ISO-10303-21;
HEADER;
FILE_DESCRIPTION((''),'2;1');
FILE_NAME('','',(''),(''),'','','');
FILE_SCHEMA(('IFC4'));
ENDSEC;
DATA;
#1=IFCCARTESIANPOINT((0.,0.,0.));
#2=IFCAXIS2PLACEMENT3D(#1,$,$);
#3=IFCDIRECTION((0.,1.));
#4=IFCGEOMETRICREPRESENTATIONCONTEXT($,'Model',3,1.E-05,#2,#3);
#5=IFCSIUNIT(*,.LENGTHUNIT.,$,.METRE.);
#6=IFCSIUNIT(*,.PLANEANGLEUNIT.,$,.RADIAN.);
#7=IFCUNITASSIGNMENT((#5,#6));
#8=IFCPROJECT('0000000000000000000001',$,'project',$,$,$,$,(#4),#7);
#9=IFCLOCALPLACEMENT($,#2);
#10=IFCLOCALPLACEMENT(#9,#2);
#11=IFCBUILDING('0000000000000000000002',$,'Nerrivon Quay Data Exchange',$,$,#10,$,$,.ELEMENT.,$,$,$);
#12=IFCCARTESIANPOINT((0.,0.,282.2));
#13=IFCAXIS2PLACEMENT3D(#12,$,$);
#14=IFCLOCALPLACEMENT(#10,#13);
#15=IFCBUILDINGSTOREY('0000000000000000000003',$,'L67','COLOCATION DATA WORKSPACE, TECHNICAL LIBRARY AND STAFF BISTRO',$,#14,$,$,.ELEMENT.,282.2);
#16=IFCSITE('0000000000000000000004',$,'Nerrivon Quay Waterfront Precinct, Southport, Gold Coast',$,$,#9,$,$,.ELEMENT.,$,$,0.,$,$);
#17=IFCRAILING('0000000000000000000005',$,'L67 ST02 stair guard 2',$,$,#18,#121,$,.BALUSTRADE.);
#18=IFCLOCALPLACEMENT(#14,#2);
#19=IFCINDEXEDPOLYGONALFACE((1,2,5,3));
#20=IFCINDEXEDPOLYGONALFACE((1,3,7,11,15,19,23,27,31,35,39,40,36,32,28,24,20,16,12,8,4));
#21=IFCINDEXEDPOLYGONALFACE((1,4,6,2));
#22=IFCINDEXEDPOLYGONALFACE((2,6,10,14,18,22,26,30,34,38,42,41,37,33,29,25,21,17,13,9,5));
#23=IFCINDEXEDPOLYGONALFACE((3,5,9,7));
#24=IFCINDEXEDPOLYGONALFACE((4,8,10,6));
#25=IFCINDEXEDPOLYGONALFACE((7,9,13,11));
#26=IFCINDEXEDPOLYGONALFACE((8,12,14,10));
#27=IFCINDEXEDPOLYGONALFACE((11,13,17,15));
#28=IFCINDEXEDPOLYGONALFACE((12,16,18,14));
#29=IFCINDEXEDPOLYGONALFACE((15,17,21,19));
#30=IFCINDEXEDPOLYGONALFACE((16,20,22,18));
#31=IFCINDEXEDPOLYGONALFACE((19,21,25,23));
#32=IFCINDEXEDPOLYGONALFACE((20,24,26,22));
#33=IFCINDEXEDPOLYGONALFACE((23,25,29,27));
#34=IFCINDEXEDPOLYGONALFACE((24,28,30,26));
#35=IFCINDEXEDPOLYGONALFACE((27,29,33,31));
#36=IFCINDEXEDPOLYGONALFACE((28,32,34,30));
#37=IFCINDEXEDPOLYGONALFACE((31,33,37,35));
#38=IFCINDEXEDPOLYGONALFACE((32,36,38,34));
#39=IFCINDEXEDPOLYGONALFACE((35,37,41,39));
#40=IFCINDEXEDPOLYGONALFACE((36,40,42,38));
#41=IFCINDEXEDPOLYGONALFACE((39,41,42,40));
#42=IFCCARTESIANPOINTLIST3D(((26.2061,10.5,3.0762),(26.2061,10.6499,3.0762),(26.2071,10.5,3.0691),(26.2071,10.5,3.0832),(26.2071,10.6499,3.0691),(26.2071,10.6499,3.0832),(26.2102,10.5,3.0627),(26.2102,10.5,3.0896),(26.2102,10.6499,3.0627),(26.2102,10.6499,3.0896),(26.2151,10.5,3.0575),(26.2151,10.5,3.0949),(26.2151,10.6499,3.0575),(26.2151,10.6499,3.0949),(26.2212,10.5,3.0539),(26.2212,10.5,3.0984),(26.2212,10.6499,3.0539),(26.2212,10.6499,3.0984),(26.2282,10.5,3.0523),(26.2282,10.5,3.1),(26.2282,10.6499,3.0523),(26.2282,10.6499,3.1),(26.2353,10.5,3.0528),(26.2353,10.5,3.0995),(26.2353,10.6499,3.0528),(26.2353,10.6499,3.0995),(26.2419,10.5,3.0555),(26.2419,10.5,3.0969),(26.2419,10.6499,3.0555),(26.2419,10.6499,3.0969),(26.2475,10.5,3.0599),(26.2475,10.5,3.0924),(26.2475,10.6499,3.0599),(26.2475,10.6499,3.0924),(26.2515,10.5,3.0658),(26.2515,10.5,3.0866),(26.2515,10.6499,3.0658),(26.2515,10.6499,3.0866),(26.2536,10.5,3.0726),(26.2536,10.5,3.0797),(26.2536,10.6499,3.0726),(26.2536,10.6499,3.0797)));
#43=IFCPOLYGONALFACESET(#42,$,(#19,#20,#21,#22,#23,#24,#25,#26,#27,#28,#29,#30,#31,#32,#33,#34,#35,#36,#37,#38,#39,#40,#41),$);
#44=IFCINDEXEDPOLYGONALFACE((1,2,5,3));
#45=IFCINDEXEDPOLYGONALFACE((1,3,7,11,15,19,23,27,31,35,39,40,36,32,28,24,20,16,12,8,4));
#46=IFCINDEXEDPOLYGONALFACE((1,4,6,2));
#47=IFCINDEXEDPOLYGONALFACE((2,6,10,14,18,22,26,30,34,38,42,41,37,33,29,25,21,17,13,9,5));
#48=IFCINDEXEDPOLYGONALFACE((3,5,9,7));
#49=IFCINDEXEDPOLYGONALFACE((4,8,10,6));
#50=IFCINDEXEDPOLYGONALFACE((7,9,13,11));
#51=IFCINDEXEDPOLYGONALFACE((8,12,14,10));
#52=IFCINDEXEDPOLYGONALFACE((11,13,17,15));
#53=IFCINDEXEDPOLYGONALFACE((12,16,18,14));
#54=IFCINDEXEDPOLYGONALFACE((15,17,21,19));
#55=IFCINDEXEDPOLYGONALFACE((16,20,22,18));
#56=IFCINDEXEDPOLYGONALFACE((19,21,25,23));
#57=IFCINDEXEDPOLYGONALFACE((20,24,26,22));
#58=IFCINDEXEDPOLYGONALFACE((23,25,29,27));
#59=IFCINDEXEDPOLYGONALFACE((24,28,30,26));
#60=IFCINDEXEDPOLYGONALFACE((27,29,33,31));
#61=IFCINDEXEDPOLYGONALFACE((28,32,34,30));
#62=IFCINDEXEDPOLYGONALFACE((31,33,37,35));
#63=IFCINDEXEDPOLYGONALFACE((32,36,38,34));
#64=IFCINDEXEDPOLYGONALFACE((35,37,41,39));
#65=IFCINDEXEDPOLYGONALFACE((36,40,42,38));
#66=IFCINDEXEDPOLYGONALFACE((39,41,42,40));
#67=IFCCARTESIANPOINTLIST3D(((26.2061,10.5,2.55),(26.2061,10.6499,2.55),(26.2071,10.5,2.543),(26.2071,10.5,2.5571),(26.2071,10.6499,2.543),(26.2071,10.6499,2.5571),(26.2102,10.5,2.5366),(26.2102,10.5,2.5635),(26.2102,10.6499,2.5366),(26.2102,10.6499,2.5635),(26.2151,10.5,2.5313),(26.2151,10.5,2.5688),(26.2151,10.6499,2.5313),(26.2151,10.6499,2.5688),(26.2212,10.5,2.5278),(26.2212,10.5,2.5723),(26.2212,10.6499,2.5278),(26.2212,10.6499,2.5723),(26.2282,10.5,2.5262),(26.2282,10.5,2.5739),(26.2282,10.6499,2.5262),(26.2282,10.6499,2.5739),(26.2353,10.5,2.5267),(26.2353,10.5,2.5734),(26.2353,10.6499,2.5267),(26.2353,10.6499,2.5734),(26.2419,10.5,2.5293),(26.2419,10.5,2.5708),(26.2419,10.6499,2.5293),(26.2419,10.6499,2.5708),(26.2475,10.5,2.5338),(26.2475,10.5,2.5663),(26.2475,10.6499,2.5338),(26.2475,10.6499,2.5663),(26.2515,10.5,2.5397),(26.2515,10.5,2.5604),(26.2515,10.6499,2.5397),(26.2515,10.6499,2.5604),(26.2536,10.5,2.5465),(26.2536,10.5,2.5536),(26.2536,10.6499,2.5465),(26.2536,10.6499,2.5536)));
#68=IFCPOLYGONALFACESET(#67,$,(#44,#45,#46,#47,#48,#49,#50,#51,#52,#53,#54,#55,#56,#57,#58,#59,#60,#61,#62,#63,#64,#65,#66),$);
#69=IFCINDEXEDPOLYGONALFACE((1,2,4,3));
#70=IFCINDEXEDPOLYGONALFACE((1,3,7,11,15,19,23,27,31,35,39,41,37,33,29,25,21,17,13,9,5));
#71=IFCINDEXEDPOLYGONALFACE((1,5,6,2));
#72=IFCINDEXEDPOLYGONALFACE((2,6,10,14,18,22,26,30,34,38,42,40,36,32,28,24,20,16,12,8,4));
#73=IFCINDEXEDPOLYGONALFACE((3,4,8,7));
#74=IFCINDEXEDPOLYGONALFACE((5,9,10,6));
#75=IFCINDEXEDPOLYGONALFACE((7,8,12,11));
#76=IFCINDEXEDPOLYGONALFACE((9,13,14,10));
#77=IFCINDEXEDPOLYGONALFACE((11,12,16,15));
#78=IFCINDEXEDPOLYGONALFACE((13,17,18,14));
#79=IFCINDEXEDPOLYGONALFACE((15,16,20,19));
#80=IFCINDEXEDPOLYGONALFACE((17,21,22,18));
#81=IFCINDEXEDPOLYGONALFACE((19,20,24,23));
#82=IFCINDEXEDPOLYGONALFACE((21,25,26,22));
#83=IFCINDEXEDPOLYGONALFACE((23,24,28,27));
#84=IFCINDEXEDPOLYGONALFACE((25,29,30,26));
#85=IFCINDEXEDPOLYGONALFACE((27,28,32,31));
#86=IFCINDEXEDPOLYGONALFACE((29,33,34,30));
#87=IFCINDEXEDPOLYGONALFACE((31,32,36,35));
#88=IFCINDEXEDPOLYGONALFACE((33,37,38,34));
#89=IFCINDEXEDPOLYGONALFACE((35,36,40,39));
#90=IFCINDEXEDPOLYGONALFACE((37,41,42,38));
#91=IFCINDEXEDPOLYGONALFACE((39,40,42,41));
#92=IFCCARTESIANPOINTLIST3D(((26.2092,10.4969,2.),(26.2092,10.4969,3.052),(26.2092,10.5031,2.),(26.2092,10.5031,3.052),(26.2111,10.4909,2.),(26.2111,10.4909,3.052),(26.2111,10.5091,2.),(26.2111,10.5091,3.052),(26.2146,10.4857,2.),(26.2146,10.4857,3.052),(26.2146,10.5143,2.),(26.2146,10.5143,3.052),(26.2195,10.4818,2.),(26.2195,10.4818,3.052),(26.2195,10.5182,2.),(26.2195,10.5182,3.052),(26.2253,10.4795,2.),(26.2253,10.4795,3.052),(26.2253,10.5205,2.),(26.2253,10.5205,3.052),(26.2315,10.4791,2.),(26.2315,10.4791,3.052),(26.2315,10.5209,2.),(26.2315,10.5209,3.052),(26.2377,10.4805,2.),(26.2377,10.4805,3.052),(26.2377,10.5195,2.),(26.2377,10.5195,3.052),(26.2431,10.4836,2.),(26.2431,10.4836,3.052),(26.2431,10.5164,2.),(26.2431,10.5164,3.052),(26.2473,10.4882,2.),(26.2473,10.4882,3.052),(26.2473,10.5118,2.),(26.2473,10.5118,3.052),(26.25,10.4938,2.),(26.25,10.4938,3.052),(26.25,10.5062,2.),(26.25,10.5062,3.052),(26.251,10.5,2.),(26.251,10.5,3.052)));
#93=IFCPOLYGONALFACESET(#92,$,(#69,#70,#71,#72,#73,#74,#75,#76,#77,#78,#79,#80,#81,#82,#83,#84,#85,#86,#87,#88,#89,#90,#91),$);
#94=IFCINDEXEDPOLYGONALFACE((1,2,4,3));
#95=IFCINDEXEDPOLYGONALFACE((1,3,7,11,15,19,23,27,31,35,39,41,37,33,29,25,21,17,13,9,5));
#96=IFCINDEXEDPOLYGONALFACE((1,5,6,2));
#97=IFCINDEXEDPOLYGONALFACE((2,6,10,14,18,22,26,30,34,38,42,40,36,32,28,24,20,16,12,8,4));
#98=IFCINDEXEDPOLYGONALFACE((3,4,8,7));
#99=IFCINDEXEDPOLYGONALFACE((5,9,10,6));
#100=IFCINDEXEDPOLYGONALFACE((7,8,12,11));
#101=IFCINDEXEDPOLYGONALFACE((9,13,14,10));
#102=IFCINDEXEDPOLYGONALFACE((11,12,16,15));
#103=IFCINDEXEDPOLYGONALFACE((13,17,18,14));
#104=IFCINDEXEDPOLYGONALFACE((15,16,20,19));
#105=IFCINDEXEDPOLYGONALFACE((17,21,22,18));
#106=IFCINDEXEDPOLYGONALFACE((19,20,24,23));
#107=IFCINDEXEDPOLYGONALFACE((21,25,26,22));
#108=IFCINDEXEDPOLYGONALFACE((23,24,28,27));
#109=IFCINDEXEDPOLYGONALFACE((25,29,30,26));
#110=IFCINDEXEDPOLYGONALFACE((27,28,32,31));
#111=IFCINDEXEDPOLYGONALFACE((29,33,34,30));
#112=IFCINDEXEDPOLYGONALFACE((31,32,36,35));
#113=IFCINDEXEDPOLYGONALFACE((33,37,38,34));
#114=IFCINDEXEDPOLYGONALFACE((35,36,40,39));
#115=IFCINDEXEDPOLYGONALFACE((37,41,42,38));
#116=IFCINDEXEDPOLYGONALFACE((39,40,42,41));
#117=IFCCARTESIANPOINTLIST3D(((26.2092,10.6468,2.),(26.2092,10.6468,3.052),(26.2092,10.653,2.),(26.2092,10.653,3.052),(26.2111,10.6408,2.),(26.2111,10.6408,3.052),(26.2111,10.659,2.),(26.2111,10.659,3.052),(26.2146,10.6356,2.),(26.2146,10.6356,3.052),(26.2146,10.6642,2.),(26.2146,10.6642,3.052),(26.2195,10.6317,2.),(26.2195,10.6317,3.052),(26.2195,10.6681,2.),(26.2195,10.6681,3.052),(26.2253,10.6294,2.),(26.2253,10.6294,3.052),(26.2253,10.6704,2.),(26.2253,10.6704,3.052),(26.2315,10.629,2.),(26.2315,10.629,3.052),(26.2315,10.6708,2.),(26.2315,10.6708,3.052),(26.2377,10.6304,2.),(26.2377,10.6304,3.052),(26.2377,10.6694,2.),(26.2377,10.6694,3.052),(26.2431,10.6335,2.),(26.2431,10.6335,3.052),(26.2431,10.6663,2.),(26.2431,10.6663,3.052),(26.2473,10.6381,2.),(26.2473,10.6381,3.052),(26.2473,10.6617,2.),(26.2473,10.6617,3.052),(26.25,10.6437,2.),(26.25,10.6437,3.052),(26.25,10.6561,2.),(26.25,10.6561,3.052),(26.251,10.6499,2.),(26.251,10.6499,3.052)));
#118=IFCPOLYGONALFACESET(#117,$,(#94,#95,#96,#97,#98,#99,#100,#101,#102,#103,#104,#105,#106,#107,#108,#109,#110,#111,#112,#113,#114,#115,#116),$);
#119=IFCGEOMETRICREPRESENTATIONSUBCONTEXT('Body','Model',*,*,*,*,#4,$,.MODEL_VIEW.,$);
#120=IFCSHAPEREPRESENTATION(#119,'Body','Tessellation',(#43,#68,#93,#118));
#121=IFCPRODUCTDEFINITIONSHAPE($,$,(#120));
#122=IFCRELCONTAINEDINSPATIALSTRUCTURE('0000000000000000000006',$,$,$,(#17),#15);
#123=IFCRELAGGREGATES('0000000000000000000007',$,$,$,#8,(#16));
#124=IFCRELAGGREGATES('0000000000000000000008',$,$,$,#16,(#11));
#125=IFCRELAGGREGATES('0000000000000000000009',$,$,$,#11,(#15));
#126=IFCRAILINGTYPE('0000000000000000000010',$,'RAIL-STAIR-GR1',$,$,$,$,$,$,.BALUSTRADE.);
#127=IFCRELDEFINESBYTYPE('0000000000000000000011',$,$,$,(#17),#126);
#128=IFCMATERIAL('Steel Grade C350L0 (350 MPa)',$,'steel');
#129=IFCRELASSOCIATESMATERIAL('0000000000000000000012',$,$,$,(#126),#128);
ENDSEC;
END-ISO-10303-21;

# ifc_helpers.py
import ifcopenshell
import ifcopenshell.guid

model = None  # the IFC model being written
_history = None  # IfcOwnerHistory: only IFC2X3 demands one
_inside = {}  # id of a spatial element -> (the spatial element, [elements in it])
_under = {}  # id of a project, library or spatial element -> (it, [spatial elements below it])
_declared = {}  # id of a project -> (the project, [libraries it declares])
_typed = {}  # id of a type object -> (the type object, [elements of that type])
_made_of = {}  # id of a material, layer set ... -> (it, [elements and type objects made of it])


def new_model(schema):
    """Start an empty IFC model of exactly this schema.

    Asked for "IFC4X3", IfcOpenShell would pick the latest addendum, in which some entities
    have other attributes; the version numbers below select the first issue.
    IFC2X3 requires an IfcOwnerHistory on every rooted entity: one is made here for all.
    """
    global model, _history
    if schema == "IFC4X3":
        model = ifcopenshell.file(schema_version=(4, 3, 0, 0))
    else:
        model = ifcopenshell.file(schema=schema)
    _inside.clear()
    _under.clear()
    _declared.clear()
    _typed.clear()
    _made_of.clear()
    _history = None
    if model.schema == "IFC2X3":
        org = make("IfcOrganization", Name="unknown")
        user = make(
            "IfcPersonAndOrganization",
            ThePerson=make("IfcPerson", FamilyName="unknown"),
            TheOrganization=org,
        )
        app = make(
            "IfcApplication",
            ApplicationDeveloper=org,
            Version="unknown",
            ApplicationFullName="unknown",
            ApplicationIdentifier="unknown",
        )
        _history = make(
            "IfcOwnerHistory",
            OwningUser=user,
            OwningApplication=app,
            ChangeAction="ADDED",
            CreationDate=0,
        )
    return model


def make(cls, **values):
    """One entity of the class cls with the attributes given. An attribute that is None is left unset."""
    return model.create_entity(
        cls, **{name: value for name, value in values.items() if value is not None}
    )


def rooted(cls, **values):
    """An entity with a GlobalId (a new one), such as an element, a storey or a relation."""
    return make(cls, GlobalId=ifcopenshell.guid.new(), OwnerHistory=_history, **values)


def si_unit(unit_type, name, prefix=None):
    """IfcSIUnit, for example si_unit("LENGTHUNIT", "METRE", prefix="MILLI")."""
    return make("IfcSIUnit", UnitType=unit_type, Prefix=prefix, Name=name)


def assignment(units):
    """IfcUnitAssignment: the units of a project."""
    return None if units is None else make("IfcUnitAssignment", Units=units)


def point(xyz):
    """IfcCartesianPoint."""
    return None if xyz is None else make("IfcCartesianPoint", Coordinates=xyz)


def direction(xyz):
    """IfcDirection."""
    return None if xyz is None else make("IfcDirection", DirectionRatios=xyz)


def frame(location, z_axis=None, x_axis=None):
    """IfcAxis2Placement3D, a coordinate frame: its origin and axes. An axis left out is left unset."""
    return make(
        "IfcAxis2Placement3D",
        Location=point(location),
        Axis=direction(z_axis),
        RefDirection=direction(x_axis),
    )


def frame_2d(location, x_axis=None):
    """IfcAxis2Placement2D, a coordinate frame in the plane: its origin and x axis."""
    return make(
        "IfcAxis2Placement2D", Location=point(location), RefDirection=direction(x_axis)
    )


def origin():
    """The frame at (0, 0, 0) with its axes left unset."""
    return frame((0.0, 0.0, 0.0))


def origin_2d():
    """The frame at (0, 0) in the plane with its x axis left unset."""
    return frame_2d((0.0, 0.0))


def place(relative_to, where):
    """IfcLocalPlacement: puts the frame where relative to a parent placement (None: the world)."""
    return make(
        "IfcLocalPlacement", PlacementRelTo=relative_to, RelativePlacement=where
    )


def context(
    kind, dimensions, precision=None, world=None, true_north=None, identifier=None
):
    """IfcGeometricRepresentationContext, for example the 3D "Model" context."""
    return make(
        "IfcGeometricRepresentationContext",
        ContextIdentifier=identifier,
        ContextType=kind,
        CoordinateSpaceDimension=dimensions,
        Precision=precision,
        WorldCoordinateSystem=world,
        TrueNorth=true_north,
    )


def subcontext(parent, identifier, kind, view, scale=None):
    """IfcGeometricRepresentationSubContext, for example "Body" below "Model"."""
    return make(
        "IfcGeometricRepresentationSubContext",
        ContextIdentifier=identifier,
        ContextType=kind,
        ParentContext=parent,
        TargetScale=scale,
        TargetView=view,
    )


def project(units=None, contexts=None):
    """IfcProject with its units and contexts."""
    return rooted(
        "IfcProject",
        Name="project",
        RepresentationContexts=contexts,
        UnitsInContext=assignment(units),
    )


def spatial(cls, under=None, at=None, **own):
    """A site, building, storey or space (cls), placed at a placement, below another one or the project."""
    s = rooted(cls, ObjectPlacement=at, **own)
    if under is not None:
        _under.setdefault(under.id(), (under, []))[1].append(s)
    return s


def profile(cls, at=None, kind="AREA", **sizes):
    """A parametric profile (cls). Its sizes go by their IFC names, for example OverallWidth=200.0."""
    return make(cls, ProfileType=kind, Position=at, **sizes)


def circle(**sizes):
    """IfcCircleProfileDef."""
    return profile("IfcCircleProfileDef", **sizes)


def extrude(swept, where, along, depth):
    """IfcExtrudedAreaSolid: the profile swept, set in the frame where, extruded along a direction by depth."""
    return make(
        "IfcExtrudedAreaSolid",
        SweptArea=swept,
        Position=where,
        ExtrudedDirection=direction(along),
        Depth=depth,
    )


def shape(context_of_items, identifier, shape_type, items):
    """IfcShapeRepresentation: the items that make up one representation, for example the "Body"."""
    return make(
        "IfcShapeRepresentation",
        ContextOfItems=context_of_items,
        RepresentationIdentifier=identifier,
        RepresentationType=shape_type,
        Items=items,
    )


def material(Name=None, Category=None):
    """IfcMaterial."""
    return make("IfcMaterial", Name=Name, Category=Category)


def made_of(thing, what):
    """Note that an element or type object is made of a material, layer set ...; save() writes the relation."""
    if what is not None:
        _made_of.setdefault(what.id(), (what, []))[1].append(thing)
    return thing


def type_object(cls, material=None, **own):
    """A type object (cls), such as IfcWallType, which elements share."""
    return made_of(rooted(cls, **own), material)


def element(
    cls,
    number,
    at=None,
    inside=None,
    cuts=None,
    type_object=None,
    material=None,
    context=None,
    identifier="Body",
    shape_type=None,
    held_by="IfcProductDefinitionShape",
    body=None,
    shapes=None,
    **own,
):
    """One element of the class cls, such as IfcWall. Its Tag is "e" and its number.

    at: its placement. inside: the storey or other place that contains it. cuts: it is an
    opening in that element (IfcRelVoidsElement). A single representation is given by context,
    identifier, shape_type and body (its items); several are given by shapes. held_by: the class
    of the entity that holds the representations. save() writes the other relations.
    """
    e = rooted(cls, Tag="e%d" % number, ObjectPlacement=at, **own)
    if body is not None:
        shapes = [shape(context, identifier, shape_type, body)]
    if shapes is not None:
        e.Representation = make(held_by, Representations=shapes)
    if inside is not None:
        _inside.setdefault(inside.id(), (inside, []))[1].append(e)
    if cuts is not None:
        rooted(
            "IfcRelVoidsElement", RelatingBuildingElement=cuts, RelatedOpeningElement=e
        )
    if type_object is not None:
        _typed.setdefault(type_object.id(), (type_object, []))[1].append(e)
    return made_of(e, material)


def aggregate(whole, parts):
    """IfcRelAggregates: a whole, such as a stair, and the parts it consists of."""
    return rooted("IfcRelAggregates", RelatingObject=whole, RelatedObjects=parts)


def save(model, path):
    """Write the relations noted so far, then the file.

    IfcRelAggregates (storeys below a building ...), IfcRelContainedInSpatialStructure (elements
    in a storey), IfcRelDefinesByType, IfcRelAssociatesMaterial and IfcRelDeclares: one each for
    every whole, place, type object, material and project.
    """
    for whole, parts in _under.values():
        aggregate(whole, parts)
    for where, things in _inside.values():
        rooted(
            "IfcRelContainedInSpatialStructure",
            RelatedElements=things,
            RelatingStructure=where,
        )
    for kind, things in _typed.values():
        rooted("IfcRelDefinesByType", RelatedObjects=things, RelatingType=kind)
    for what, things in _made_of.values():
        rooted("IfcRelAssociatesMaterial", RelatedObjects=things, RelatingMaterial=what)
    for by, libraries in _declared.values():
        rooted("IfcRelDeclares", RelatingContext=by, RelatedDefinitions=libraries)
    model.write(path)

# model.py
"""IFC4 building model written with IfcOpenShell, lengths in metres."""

from ifc_helpers import new_model, si_unit, direction, frame, origin, origin_2d, place, context, subcontext, project, spatial, circle, extrude, material, type_object, element, save


model = new_model("IFC4")

# Units and contexts
model_context = context("Model", 3, precision=1e-05, world=origin(), true_north=direction((0.0, 1.0)))
body_context = subcontext(model_context, "Body", "Model", "MODEL_VIEW")
ifc_project = project(units=[si_unit("LENGTHUNIT", "METRE"), si_unit("PLANEANGLEUNIT", "RADIAN")], contexts=[model_context])

# Site, building, storey
site_placement = place(None, origin())
site = spatial("IfcSite", under=ifc_project, at=site_placement, Name="Nerrivon Quay Waterfront Precinct, Southport, Gold Coast", CompositionType="ELEMENT", RefElevation=0.0)
building_placement = place(site_placement, origin())
building = spatial("IfcBuilding", under=site, at=building_placement, Name="Nerrivon Quay Data Exchange", CompositionType="ELEMENT")
storey_placement = place(building_placement, frame((0.0, 0.0, 282.2)))
storey = spatial("IfcBuildingStorey", under=building, at=storey_placement, Name="L67", Description="COLOCATION DATA WORKSPACE, TECHNICAL LIBRARY AND STAFF BISTRO", CompositionType="ELEMENT", Elevation=282.2)

# Shared definitions
ifc_material_1 = material(Name="Steel Grade C350L0 (350 MPa)", Category="steel")

# Railing
railing_type_1 = type_object("IfcRailingType", Name="RAIL-STAIR-GR1", PredefinedType="BALUSTRADE", material=ifc_material_1)
railing_1_placement = place(storey_placement, frame((26.23, 10.5, 2.0)))
element("IfcRailing", 1, at=railing_1_placement, inside=storey, type_object=railing_type_1, Name="L67 ST02 stair guard 2", PredefinedType="BALUSTRADE", context=body_context, shape_type="SweptSolid", body=[
    extrude(circle(Radius=0.0239, at=origin_2d()), frame((0.0, 0.0, 1.0762), z_axis=(0.0, 1.0, 0.0), x_axis=(-1.0, 0.0, 0.0)), (0.0, 0.0, 1.0), 0.1499),
    extrude(circle(Radius=0.0239, at=origin_2d()), frame((0.0, 0.0, 0.55), z_axis=(0.0, 1.0, 0.0), x_axis=(-1.0, 0.0, 0.0)), (0.0, 0.0, 1.0), 0.1499),
    extrude(circle(Radius=0.021, at=origin_2d()), origin(), (0.0, 0.0, 1.0), 1.052),
    extrude(circle(Radius=0.021, at=origin_2d()), frame((0.0, 0.1499, 0.0)), (0.0, 0.0, 1.0), 1.052),
])

save(model, "model.ifc")
